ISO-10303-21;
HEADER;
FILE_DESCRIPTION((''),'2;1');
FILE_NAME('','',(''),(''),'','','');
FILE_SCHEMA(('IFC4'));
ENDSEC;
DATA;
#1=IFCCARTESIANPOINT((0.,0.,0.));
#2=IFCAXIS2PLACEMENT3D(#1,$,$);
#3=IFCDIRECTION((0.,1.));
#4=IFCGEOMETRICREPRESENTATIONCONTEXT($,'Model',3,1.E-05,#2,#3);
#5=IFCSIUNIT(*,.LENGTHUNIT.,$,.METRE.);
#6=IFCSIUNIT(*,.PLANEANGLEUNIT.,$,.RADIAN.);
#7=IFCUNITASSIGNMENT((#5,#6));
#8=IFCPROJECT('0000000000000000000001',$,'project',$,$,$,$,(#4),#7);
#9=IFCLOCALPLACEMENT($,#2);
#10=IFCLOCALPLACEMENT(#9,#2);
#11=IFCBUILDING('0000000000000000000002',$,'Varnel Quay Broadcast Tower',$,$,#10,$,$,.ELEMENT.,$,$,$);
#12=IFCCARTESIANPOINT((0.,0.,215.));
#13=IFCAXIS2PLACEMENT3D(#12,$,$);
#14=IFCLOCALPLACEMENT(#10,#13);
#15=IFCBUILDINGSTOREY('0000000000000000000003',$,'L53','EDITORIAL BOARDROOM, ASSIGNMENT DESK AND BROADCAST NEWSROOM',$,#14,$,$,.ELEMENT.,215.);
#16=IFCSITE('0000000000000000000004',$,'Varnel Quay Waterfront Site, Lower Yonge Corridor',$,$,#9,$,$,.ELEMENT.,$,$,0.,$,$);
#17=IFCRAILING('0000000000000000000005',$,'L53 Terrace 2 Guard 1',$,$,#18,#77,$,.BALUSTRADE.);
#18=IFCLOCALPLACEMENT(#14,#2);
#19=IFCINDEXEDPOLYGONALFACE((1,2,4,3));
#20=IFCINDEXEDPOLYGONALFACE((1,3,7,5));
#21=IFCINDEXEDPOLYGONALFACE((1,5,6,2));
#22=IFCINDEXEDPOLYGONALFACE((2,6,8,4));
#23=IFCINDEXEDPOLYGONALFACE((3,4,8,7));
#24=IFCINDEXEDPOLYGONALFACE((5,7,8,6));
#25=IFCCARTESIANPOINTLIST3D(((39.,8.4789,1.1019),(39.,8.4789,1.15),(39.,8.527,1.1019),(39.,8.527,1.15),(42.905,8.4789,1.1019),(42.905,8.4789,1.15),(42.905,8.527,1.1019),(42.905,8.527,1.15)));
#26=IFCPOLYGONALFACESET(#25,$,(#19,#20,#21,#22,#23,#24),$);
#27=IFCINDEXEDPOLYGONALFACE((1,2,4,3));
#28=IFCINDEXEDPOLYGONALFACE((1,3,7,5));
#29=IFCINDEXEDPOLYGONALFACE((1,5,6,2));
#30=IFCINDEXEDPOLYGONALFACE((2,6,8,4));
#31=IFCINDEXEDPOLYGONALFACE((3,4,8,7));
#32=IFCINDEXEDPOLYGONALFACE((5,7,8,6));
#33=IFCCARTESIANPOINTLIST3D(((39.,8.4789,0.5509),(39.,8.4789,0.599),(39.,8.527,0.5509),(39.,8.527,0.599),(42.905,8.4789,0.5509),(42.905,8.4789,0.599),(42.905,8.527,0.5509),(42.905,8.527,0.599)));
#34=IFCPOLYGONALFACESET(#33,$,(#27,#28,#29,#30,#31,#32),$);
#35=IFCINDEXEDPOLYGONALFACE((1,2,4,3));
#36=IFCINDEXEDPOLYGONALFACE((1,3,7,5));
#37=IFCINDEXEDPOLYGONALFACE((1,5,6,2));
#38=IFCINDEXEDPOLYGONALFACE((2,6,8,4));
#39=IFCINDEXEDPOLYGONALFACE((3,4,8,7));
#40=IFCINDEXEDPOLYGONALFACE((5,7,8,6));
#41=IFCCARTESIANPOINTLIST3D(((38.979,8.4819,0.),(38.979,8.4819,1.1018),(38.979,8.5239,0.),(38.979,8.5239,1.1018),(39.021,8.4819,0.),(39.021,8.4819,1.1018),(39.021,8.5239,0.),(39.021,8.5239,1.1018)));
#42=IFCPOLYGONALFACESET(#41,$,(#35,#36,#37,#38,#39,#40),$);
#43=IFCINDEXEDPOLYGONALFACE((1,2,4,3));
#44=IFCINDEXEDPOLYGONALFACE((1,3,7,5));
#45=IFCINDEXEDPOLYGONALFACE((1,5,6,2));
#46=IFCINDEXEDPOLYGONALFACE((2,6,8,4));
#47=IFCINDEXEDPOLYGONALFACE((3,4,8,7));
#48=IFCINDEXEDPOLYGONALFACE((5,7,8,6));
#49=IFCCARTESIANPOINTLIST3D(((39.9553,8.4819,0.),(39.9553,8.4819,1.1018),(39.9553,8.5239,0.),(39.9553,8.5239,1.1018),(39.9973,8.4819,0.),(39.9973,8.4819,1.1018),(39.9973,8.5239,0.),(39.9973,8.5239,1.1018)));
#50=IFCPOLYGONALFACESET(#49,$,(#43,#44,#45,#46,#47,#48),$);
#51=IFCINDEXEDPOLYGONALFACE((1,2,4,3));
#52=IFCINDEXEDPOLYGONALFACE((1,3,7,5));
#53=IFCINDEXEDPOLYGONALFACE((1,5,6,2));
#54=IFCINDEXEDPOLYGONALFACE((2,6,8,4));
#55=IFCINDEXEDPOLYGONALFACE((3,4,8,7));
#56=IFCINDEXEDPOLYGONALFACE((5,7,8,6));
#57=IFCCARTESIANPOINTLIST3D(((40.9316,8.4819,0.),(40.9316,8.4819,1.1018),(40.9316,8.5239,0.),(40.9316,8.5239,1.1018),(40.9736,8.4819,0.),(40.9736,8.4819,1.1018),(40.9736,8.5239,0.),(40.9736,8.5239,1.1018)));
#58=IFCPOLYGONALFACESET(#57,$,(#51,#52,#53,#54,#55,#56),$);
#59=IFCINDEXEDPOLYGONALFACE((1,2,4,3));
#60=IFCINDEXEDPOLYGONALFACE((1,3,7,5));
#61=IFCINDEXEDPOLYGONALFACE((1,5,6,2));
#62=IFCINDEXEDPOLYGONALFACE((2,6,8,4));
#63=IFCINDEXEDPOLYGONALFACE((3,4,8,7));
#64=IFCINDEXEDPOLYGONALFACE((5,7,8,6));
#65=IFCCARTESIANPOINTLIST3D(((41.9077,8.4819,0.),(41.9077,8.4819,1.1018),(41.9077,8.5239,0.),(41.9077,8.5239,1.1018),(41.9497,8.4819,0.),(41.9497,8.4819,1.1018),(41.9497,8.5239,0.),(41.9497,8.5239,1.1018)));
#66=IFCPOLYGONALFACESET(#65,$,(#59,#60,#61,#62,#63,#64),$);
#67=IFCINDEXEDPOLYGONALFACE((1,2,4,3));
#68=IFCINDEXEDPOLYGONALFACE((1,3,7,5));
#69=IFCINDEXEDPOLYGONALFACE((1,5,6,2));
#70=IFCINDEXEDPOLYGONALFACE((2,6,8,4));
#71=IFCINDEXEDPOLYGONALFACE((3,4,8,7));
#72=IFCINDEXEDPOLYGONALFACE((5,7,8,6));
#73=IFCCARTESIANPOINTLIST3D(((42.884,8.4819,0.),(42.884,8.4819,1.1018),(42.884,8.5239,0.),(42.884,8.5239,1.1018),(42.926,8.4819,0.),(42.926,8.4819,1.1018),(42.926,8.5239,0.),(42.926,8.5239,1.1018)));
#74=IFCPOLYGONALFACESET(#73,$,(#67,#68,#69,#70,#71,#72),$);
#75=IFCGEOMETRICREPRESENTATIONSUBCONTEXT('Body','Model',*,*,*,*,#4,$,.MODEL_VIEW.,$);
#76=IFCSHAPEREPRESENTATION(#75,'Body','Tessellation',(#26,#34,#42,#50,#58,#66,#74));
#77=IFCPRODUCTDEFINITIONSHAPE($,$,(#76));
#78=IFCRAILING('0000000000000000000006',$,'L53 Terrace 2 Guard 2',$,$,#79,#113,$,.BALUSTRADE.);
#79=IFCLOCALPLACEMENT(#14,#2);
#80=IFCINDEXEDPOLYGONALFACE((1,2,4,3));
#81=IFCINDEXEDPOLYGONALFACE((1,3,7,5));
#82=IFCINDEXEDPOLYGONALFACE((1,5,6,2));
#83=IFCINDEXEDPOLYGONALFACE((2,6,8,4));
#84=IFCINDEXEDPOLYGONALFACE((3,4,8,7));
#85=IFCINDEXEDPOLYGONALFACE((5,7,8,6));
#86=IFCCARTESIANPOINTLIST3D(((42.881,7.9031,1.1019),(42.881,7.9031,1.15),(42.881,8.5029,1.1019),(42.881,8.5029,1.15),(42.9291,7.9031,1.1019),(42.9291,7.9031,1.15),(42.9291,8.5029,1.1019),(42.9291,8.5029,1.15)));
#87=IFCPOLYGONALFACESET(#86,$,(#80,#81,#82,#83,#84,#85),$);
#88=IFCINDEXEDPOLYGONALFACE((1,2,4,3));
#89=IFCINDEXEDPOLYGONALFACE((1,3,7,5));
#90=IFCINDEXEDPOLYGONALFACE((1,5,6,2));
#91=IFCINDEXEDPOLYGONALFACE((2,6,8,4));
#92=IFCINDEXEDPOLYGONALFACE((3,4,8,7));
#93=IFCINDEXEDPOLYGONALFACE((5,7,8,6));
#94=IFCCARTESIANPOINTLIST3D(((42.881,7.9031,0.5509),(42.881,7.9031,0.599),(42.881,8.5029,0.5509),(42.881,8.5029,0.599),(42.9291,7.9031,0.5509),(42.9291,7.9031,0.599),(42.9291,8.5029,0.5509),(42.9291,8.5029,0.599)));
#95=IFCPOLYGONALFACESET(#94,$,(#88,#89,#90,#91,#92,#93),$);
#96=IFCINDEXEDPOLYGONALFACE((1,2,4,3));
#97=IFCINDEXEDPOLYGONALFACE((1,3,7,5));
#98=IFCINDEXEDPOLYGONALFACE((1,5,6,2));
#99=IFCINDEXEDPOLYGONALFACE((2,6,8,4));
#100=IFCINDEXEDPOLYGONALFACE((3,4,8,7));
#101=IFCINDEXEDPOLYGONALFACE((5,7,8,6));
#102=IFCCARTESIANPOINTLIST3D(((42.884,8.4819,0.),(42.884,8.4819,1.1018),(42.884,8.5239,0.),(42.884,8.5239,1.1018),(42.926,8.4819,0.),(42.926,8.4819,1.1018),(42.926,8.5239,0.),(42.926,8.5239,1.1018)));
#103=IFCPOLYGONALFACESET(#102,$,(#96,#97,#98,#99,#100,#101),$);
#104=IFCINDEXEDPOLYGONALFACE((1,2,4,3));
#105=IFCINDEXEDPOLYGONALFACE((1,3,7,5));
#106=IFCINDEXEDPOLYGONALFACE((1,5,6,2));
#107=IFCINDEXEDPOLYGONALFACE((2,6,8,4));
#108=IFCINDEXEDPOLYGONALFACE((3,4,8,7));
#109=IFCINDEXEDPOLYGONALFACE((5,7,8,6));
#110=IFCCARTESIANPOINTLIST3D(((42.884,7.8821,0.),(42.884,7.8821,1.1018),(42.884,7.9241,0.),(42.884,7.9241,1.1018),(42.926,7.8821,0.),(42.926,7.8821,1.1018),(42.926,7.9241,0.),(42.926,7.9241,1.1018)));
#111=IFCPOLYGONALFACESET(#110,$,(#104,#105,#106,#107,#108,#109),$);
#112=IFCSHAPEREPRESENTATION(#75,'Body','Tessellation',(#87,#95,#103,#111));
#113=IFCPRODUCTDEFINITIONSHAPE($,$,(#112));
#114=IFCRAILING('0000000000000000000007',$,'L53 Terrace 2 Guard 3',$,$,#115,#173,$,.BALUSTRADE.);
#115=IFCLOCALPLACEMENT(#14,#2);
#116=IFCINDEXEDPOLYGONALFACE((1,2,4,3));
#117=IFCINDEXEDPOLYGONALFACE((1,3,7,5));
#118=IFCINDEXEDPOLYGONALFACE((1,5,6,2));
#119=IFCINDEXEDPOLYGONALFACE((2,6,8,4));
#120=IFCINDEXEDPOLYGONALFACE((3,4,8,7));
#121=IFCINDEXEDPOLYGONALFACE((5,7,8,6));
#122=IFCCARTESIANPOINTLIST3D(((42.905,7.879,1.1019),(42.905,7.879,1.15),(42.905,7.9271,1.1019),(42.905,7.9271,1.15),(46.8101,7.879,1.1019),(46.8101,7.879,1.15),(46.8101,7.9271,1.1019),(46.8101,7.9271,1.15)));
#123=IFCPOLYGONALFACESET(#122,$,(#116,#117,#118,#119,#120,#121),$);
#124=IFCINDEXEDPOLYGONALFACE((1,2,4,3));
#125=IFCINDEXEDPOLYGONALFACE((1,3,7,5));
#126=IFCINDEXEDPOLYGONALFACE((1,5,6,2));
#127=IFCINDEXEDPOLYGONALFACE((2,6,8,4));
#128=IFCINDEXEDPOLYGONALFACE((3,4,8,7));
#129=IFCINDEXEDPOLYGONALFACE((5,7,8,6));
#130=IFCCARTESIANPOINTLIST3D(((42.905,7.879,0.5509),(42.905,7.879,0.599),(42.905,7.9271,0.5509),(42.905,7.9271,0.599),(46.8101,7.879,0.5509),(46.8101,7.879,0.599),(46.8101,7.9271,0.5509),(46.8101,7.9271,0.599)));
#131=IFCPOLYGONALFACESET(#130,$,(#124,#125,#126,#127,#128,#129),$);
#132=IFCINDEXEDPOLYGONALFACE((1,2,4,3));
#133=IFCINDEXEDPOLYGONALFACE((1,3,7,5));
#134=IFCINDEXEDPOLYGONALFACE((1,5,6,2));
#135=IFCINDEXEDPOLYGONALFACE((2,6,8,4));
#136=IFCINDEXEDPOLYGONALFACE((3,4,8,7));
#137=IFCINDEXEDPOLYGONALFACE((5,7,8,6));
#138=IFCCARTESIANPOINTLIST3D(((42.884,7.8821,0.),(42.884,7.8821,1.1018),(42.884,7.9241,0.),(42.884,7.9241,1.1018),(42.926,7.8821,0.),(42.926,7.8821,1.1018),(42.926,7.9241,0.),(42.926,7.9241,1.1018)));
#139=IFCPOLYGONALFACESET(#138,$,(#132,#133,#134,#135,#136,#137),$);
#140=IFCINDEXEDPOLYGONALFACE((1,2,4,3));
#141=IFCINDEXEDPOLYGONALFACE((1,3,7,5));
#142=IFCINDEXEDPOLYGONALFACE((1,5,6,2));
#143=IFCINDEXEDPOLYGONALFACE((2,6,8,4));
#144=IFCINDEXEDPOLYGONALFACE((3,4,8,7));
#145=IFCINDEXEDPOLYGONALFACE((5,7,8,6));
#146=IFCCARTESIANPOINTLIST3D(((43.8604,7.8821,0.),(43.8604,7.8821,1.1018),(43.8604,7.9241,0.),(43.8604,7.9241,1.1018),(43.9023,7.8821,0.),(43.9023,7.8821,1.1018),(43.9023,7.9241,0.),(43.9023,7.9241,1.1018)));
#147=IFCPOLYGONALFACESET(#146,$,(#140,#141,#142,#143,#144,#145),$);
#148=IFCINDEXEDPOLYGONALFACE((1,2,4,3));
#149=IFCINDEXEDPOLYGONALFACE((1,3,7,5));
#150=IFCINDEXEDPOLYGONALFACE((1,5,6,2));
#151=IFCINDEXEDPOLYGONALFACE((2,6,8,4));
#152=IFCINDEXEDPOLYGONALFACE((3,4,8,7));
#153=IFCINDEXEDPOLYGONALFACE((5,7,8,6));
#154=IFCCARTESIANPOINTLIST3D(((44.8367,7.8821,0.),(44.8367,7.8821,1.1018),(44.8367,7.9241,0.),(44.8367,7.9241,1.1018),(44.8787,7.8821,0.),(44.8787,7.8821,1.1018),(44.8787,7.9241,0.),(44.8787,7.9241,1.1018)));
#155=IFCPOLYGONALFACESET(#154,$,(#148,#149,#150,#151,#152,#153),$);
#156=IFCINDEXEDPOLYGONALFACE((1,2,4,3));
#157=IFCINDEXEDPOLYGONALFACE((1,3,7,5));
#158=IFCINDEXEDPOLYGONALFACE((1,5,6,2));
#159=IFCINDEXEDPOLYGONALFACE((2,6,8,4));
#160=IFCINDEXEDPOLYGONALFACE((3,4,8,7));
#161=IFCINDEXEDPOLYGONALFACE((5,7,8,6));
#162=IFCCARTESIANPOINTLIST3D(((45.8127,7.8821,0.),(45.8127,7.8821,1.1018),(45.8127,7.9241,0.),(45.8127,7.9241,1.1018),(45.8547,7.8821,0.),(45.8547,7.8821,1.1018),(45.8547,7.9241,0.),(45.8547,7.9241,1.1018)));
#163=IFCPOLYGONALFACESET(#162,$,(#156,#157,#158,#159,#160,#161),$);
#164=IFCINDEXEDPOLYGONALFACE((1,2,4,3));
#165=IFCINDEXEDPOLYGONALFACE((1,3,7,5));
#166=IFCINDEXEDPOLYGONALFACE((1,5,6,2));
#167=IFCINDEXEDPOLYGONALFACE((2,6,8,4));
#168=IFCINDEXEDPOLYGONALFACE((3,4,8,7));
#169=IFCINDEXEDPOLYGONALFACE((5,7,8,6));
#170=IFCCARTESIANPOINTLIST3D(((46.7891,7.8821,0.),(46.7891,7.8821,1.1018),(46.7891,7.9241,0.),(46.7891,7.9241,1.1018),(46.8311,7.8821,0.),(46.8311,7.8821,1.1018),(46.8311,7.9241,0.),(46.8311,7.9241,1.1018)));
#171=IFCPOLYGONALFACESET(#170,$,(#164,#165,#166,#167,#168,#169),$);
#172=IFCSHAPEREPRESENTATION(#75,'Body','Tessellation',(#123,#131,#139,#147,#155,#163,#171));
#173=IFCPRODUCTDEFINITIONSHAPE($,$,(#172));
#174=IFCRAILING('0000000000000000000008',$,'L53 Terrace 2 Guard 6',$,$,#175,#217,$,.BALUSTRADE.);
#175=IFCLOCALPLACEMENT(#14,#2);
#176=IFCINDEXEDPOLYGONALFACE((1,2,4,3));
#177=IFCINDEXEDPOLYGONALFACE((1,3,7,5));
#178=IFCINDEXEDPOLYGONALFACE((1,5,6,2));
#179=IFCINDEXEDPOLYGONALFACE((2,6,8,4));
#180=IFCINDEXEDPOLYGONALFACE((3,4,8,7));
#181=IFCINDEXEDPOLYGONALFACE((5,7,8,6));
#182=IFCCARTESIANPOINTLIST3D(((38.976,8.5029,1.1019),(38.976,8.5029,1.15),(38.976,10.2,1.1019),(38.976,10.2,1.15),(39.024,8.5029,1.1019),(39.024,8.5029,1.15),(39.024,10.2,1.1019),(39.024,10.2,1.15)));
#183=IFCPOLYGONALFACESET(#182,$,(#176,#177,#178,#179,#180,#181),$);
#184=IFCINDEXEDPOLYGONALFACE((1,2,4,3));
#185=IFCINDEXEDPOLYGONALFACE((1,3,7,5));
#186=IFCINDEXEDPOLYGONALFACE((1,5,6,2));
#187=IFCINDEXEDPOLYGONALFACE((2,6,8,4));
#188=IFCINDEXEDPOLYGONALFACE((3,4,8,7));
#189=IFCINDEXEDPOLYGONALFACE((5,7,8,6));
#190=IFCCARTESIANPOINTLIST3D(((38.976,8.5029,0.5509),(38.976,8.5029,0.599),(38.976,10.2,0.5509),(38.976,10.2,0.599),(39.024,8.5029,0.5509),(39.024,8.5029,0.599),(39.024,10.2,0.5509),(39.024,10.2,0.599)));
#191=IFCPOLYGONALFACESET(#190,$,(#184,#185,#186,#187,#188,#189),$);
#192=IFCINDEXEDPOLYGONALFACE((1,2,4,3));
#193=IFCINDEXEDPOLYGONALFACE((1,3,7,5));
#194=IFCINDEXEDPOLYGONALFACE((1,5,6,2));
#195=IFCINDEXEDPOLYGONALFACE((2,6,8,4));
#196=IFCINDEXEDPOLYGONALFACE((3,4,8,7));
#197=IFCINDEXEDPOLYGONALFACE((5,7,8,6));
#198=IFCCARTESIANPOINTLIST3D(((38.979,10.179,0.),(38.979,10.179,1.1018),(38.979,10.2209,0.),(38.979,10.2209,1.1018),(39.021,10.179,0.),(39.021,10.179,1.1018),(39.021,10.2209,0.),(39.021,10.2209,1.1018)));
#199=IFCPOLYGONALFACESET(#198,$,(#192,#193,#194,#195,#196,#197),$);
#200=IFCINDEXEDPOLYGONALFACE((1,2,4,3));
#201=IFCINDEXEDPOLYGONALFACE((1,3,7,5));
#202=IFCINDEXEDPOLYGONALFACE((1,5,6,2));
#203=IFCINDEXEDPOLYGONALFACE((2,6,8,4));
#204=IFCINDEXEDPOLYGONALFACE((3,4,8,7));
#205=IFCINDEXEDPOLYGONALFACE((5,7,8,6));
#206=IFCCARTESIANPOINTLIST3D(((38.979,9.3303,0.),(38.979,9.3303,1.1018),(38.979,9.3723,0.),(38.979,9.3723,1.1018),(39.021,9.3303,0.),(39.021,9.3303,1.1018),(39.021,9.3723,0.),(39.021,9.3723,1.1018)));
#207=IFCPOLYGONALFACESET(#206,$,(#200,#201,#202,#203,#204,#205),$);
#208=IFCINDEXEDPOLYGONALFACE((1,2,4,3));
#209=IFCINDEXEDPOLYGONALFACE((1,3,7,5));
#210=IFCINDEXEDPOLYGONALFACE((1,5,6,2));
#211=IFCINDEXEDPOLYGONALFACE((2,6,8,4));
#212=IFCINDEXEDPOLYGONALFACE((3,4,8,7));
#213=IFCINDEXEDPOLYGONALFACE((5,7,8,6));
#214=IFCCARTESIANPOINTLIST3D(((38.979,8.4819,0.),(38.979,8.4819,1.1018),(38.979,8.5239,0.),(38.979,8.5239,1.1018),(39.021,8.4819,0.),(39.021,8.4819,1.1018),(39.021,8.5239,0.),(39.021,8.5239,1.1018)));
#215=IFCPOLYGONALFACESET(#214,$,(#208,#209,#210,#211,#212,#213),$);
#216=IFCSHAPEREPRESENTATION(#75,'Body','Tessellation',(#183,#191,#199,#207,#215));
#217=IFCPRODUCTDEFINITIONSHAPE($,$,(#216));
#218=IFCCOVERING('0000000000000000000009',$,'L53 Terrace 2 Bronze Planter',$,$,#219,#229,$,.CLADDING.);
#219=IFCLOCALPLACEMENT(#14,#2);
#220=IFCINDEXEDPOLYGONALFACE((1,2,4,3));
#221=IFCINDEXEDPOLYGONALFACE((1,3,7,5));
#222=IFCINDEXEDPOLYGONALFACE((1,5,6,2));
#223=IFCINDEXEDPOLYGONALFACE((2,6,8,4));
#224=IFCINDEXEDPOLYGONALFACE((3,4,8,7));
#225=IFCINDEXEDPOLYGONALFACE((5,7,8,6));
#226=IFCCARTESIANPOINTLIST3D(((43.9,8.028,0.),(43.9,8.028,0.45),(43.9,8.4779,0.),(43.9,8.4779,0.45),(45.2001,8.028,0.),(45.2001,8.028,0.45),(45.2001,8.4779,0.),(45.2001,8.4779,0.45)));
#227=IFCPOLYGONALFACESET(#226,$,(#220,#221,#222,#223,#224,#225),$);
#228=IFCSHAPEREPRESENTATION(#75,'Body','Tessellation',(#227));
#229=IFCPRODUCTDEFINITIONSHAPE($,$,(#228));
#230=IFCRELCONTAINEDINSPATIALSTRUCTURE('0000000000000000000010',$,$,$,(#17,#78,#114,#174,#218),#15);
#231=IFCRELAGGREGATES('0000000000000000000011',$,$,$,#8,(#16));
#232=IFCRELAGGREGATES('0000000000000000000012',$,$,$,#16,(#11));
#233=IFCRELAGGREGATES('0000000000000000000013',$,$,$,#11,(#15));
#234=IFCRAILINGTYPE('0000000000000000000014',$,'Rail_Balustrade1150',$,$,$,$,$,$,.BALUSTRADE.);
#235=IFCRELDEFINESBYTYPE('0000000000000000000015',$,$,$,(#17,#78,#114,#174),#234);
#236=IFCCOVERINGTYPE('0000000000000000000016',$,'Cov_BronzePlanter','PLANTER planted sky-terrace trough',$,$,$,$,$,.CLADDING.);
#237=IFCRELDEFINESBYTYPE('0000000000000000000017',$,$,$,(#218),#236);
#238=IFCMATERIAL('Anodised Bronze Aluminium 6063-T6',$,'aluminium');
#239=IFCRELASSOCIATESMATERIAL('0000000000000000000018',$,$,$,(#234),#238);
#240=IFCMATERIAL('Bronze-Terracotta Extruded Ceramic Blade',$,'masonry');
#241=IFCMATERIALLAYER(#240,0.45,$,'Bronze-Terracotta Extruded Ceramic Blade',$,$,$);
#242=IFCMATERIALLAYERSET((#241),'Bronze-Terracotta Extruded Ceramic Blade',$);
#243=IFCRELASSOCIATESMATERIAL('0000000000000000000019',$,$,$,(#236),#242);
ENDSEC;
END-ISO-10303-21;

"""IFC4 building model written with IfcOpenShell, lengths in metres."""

from ifc_helpers import new_model, si_unit, direction, frame, origin, origin_2d, place, context, subcontext, project, spatial, rectangle, extrude, source, transform, mapped, material, layer, layer_set, type_object, type_shapes, element, save


model = new_model("IFC4")

# Units and contexts
model_context = context("Model", 3, precision=1e-05, world=origin(), true_north=direction((0.0, 1.0)))
body_context = subcontext(model_context, "Body", "Model", "MODEL_VIEW")
ifc_project = project(units=[si_unit("LENGTHUNIT", "METRE"), si_unit("PLANEANGLEUNIT", "RADIAN")], contexts=[model_context])

# Site, building, storey
site_placement = place(None, origin())
site = spatial("IfcSite", under=ifc_project, at=site_placement, Name="Varnel Quay Waterfront Site, Lower Yonge Corridor", CompositionType="ELEMENT", RefElevation=0.0)
building_placement = place(site_placement, origin())
building = spatial("IfcBuilding", under=site, at=building_placement, Name="Varnel Quay Broadcast Tower", CompositionType="ELEMENT")
storey_placement = place(building_placement, frame((0.0, 0.0, 215.0)))
storey = spatial("IfcBuildingStorey", under=building, at=storey_placement, Name="L53", Description="EDITORIAL BOARDROOM, ASSIGNMENT DESK AND BROADCAST NEWSROOM", CompositionType="ELEMENT", Elevation=215.0)

# Shared definitions
ifc_material_1 = material(Name="Anodised Bronze Aluminium 6063-T6", Category="aluminium")

# Railings
railing_type = type_object("IfcRailingType", Name="Rail_Balustrade1150", PredefinedType="BALUSTRADE", material=ifc_material_1)
railing_1_placement = place(storey_placement, frame((39.0, 8.5029, 0.0)))
element("IfcRailing", 1, at=railing_1_placement, inside=storey, type_object=railing_type, Name="L53 Terrace 2 Guard 1", PredefinedType="BALUSTRADE", context=body_context, shape_type="SweptSolid", body=[
    extrude(rectangle(XDim=0.0481, YDim=0.0481, at=origin_2d()), frame((0.0, 0.0, 1.126), z_axis=(1.0, 0.0, 0.0), x_axis=(0.0, 1.0, 0.0)), (0.0, 0.0, 1.0), 3.905),
    extrude(rectangle(XDim=0.0481, YDim=0.0481, at=origin_2d()), frame((0.0, 0.0, 0.575), z_axis=(1.0, 0.0, 0.0), x_axis=(0.0, 1.0, 0.0)), (0.0, 0.0, 1.0), 3.905),
    extrude(rectangle(XDim=0.042, YDim=0.042, at=origin_2d()), origin(), (0.0, 0.0, 1.0), 1.1018),
    extrude(rectangle(XDim=0.042, YDim=0.042, at=origin_2d()), frame((0.9763, 0.0, 0.0)), (0.0, 0.0, 1.0), 1.1018),
    extrude(rectangle(XDim=0.042, YDim=0.042, at=origin_2d()), frame((1.9526, 0.0, 0.0)), (0.0, 0.0, 1.0), 1.1018),
    extrude(rectangle(XDim=0.042, YDim=0.042, at=origin_2d()), frame((2.9287, 0.0, 0.0)), (0.0, 0.0, 1.0), 1.1018),
    extrude(rectangle(XDim=0.042, YDim=0.042, at=origin_2d()), frame((3.905, 0.0, 0.0)), (0.0, 0.0, 1.0), 1.1018),
])
railing_2_placement = place(storey_placement, frame((42.905, 8.5029, 0.0)))
element("IfcRailing", 2, at=railing_2_placement, inside=storey, type_object=railing_type, Name="L53 Terrace 2 Guard 2", PredefinedType="BALUSTRADE", context=body_context, shape_type="SweptSolid", body=[
    extrude(rectangle(XDim=0.0481, YDim=0.0481, at=origin_2d()), frame((0.0, 0.0, 1.126), z_axis=(0.0, -1.0, 0.0), x_axis=(1.0, 0.0, 0.0)), (0.0, 0.0, 1.0), 0.5999),
    extrude(rectangle(XDim=0.0481, YDim=0.0481, at=origin_2d()), frame((0.0, 0.0, 0.575), z_axis=(0.0, -1.0, 0.0), x_axis=(1.0, 0.0, 0.0)), (0.0, 0.0, 1.0), 0.5999),
    extrude(rectangle(XDim=0.042, YDim=0.042, at=origin_2d()), origin(), (0.0, 0.0, 1.0), 1.1018),
    extrude(rectangle(XDim=0.042, YDim=0.042, at=origin_2d()), frame((0.0, -0.5999, 0.0)), (0.0, 0.0, 1.0), 1.1018),
])
railing_3_placement = place(storey_placement, frame((42.905, 7.9031, 0.0)))
element("IfcRailing", 3, at=railing_3_placement, inside=storey, type_object=railing_type, Name="L53 Terrace 2 Guard 3", PredefinedType="BALUSTRADE", context=body_context, shape_type="SweptSolid", body=[
    extrude(rectangle(XDim=0.0481, YDim=0.0481, at=origin_2d()), frame((0.0, 0.0, 1.126), z_axis=(1.0, 0.0, 0.0), x_axis=(0.0, 1.0, 0.0)), (0.0, 0.0, 1.0), 3.905),
    extrude(rectangle(XDim=0.0481, YDim=0.0481, at=origin_2d()), frame((0.0, 0.0, 0.575), z_axis=(1.0, 0.0, 0.0), x_axis=(0.0, 1.0, 0.0)), (0.0, 0.0, 1.0), 3.905),
    extrude(rectangle(XDim=0.042, YDim=0.042, at=origin_2d()), origin(), (0.0, 0.0, 1.0), 1.1018),
    extrude(rectangle(XDim=0.042, YDim=0.042, at=origin_2d()), frame((0.9763, 0.0, 0.0)), (0.0, 0.0, 1.0), 1.1018),
    extrude(rectangle(XDim=0.042, YDim=0.042, at=origin_2d()), frame((1.9526, 0.0, 0.0)), (0.0, 0.0, 1.0), 1.1018),
    extrude(rectangle(XDim=0.042, YDim=0.042, at=origin_2d()), frame((2.9287, 0.0, 0.0)), (0.0, 0.0, 1.0), 1.1018),
    extrude(rectangle(XDim=0.042, YDim=0.042, at=origin_2d()), frame((3.905, 0.0, 0.0)), (0.0, 0.0, 1.0), 1.1018),
])
railing_4_placement = place(storey_placement, frame((39.0, 10.2, 0.0)))
element("IfcRailing", 4, at=railing_4_placement, inside=storey, type_object=railing_type, Name="L53 Terrace 2 Guard 6", PredefinedType="BALUSTRADE", context=body_context, shape_type="SweptSolid", body=[
    extrude(rectangle(XDim=0.0481, YDim=0.0481, at=origin_2d()), frame((0.0, 0.0, 1.126), z_axis=(0.0, -1.0, 0.0), x_axis=(1.0, 0.0, 0.0)), (0.0, 0.0, 1.0), 1.697),
    extrude(rectangle(XDim=0.0481, YDim=0.0481, at=origin_2d()), frame((0.0, 0.0, 0.575), z_axis=(0.0, -1.0, 0.0), x_axis=(1.0, 0.0, 0.0)), (0.0, 0.0, 1.0), 1.697),
    extrude(rectangle(XDim=0.042, YDim=0.042, at=origin_2d()), origin(), (0.0, 0.0, 1.0), 1.1018),
    extrude(rectangle(XDim=0.042, YDim=0.042, at=origin_2d()), frame((0.0, -0.8486, 0.0)), (0.0, 0.0, 1.0), 1.1018),
    extrude(rectangle(XDim=0.042, YDim=0.042, at=origin_2d()), frame((0.0, -1.697, 0.0)), (0.0, 0.0, 1.0), 1.1018),
])

# Covering
ifc_material_2 = material(Name="Bronze-Terracotta Extruded Ceramic Blade", Category="masonry")
ifc_layer_1 = layer(ifc_material_2, 0.45, Name="Bronze-Terracotta Extruded Ceramic Blade")
ifc_layer_set_1 = layer_set([ifc_layer_1], Name="Bronze-Terracotta Extruded Ceramic Blade")
covering_type = type_object("IfcCoveringType", Name="Cov_BronzePlanter", Description="PLANTER planted sky-terrace trough", PredefinedType="CLADDING", material=ifc_layer_set_1)
shared_shape_1 = source(origin(), body_context, "Body", "SweptSolid", [
    extrude(rectangle(XDim=1.3, YDim=0.45, at=origin_2d()), origin(), (0.0, 0.0, 1.0), 0.45),
])
type_shapes(covering_type, [shared_shape_1])
covering_placement = place(storey_placement, frame((44.55, 8.2529, 0.0), z_axis=(0.0, 0.0, 1.0), x_axis=(1.0, 0.0, 0.0)))
element("IfcCovering", 5, at=covering_placement, inside=storey, type_object=covering_type, Name="L53 Terrace 2 Bronze Planter", PredefinedType="CLADDING", context=body_context, shape_type="MappedRepresentation", body=[
    mapped(shared_shape_1, transform((0.0, 0.0, 0.0), x_axis=(1.0, 0.0, 0.0), y_axis=(0.0, 1.0, 0.0), z_axis=(0.0, 0.0, 1.0), scale=1.0)),
])

save(model, "model.ifc")
